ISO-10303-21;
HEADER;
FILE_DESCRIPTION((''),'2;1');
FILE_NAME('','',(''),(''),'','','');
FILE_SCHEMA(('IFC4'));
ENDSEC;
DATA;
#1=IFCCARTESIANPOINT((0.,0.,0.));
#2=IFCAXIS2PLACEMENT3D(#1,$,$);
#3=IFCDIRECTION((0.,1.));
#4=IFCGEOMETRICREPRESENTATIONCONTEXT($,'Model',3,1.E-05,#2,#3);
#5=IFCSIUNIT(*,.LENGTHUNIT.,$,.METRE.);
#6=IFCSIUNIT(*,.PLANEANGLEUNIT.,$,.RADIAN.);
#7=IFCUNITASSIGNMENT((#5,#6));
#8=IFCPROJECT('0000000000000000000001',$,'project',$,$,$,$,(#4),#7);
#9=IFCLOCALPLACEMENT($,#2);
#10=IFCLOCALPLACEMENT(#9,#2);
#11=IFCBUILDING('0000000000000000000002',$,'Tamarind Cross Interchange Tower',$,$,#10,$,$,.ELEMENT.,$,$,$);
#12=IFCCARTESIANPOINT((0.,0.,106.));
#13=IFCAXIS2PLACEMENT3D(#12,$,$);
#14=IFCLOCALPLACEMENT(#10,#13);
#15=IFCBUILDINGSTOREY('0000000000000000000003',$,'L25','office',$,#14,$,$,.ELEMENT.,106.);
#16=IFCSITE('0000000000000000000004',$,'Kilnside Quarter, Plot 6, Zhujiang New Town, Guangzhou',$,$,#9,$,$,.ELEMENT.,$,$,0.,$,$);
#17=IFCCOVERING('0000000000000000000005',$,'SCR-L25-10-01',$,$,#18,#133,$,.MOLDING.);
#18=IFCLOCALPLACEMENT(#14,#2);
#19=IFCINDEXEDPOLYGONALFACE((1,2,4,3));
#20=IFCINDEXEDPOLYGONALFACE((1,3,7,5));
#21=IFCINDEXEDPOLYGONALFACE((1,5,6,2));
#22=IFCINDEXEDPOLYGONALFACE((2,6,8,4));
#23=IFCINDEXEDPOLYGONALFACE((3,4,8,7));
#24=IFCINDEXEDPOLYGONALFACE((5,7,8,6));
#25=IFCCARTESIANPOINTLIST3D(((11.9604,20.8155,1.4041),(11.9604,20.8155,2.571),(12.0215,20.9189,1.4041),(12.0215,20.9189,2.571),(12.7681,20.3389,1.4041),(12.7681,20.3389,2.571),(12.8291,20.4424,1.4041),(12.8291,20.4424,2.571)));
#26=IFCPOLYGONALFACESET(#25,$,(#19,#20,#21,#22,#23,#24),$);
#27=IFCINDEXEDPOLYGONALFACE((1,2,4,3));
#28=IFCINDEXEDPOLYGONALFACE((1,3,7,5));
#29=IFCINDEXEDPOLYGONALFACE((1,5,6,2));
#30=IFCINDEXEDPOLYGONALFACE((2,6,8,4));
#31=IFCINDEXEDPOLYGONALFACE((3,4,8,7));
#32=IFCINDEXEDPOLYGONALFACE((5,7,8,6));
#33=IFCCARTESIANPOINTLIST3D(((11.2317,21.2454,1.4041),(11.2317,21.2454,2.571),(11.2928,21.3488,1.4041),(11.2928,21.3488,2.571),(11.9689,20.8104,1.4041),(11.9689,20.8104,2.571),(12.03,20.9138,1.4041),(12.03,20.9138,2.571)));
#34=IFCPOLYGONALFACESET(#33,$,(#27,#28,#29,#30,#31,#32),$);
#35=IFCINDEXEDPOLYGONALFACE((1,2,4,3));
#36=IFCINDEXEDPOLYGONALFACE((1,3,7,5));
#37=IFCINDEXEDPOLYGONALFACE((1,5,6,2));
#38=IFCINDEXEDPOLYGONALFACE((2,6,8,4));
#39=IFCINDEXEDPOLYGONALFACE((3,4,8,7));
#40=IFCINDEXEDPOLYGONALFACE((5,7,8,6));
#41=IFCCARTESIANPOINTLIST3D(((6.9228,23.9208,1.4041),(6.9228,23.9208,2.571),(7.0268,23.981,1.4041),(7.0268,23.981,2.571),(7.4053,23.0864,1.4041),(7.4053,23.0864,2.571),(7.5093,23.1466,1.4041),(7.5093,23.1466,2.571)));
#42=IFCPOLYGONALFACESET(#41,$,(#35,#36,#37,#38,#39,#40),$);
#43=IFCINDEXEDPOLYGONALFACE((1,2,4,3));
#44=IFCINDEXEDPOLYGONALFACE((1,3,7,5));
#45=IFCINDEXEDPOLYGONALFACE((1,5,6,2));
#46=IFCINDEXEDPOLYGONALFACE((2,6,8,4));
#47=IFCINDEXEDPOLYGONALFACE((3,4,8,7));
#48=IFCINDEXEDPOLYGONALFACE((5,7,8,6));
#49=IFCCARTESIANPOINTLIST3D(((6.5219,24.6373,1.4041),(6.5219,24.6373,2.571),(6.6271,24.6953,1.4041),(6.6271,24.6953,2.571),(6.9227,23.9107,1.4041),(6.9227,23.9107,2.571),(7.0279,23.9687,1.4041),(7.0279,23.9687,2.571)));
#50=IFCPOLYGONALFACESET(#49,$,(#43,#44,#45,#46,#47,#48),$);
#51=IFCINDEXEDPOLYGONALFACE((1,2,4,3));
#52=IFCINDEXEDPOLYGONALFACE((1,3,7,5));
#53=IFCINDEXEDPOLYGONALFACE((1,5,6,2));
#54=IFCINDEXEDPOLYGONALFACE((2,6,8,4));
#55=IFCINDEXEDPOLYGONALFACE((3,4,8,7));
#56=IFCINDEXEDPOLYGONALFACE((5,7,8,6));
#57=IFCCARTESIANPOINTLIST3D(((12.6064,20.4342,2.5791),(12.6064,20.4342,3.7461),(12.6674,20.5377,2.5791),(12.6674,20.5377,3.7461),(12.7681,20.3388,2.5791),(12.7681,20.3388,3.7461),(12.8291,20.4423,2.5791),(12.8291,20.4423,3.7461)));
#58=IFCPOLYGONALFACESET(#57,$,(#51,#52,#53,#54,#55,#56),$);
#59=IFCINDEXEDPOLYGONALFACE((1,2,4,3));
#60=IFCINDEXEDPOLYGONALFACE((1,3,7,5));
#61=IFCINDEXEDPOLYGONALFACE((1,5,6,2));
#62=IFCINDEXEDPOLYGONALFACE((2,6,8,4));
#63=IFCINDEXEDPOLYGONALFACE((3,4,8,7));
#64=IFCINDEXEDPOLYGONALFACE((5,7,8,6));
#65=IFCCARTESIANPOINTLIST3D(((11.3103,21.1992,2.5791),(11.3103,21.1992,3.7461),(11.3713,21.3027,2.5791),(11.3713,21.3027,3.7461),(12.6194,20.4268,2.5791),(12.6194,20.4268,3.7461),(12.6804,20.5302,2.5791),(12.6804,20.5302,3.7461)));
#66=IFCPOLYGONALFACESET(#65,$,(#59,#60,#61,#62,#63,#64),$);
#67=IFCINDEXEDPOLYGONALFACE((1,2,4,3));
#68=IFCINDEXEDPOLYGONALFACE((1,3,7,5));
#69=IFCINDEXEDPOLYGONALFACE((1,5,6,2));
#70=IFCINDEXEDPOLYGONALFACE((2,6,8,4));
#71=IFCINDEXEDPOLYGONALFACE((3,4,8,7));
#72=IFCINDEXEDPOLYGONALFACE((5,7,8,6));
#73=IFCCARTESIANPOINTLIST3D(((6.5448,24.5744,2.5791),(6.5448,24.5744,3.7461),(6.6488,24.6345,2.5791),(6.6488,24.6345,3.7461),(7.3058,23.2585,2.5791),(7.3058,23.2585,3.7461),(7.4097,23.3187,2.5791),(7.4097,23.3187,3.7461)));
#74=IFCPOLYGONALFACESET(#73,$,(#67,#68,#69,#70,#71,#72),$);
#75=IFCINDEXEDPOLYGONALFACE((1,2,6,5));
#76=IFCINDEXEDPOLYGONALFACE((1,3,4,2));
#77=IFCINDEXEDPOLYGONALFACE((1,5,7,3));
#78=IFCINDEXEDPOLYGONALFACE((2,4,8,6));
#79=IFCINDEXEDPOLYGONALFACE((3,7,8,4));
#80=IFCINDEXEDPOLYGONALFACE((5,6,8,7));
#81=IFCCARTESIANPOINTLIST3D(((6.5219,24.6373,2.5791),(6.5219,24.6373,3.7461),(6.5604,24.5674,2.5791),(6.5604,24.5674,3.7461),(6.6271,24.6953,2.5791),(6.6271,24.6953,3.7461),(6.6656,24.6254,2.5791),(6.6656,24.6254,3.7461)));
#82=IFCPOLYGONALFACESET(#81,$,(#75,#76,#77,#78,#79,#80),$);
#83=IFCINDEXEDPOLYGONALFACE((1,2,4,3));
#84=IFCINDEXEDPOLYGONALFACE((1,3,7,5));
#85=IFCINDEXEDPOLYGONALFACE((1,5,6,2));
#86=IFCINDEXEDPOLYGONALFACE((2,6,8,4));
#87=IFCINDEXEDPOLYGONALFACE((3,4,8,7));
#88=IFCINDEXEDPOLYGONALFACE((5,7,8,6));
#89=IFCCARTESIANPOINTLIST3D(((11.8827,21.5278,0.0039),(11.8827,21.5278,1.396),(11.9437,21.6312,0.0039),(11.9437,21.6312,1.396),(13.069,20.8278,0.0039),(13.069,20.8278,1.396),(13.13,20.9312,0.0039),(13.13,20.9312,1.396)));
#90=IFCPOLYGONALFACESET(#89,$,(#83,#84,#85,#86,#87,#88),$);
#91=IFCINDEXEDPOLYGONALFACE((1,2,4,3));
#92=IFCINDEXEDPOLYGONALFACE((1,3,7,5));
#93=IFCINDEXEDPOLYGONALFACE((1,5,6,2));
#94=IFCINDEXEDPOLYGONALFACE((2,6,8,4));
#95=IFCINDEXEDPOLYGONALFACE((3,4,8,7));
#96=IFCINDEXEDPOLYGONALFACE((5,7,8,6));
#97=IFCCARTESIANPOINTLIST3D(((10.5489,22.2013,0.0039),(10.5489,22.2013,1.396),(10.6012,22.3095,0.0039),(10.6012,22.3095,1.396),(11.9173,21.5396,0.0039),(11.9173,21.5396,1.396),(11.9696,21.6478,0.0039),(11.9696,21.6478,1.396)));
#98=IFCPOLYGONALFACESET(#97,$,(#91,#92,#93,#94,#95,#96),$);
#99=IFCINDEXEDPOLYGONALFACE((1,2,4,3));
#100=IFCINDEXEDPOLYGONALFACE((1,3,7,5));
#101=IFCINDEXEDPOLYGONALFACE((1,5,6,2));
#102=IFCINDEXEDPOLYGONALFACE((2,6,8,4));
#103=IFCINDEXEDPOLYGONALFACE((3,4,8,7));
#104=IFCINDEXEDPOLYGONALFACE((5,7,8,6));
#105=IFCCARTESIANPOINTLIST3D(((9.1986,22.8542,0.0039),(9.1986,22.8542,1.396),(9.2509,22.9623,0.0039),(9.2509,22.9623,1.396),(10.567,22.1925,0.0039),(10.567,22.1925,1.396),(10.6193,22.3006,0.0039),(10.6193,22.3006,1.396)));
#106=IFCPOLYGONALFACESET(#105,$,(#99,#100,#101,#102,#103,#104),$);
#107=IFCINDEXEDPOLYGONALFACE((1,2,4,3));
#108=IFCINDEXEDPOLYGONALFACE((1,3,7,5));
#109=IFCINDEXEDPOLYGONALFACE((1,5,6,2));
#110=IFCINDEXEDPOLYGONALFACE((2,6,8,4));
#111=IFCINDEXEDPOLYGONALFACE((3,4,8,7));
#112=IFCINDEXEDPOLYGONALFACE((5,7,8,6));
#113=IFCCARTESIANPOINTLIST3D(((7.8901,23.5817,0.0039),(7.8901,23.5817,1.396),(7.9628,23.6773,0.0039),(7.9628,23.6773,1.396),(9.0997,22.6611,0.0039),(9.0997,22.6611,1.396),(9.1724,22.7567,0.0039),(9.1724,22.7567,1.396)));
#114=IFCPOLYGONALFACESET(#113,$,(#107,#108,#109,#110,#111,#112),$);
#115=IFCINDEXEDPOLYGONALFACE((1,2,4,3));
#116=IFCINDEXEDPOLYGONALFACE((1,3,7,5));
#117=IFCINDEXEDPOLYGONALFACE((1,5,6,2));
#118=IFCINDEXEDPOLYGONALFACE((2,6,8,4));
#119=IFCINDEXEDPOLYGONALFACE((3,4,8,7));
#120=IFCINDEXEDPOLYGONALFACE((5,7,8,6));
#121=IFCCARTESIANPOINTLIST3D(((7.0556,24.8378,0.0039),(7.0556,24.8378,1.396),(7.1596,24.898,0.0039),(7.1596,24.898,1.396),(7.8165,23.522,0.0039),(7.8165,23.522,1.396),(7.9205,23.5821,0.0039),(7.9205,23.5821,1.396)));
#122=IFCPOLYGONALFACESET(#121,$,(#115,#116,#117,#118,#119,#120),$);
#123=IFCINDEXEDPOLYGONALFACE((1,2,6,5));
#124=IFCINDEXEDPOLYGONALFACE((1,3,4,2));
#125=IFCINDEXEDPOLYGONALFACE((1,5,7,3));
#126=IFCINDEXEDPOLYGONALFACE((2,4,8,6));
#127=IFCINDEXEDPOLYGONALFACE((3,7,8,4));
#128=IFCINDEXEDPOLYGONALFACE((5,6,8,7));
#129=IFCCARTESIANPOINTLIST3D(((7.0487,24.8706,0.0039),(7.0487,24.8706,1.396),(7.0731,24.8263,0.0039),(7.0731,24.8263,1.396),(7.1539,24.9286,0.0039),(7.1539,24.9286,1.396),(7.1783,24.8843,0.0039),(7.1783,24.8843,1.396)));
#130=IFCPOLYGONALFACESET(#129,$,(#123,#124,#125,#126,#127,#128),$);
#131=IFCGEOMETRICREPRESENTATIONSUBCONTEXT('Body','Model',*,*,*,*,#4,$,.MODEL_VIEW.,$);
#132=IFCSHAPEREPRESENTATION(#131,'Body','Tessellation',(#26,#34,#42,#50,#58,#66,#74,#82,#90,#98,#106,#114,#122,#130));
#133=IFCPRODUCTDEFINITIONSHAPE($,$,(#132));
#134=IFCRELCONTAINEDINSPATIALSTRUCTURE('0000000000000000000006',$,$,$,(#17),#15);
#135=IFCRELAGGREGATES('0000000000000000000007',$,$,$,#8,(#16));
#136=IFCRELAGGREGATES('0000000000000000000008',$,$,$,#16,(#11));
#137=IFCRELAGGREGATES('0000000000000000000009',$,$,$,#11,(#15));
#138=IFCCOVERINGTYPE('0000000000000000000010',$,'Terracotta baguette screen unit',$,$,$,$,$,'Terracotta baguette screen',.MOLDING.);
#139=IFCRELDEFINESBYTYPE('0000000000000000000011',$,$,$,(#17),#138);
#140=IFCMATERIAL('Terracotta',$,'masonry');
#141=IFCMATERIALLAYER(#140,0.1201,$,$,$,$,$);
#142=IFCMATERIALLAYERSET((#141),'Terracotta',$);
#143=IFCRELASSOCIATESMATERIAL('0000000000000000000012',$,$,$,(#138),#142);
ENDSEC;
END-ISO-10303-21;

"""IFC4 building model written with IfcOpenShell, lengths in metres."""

from ifc_helpers import new_model, si_unit, direction, frame, origin, origin_2d, place, context, subcontext, project, spatial, rectangle, extrude, material, layer, layer_set, type_object, element, save


model = new_model("IFC4")

# Units and contexts
model_context = context("Model", 3, precision=1e-05, world=origin(), true_north=direction((0.0, 1.0)))
body_context = subcontext(model_context, "Body", "Model", "MODEL_VIEW")
ifc_project = project(units=[si_unit("LENGTHUNIT", "METRE"), si_unit("PLANEANGLEUNIT", "RADIAN")], contexts=[model_context])

# Site, building, storey
site_placement = place(None, origin())
site = spatial("IfcSite", under=ifc_project, at=site_placement, Name="Kilnside Quarter, Plot 6, Zhujiang New Town, Guangzhou", CompositionType="ELEMENT", RefElevation=0.0)
building_placement = place(site_placement, origin())
building = spatial("IfcBuilding", under=site, at=building_placement, Name="Tamarind Cross Interchange Tower", CompositionType="ELEMENT")
storey_placement = place(building_placement, frame((0.0, 0.0, 106.0)))
storey = spatial("IfcBuildingStorey", under=building, at=storey_placement, Name="L25", Description="office", CompositionType="ELEMENT", Elevation=106.0)

# Covering
ifc_material_1 = material(Name="Terracotta", Category="masonry")
ifc_layer_1 = layer(ifc_material_1, 0.1201)
ifc_layer_set_1 = layer_set([ifc_layer_1], Name="Terracotta")
covering_type = type_object("IfcCoveringType", Name="Terracotta baguette screen unit", ElementType="Terracotta baguette screen", PredefinedType="MOLDING", material=ifc_layer_set_1)
covering_1_placement = place(storey_placement, origin())
element("IfcCovering", 1, at=covering_1_placement, inside=storey, type_object=covering_type, Name="SCR-L25-10-01", PredefinedType="MOLDING", context=body_context, shape_type="SweptSolid", body=[
    extrude(rectangle(XDim=0.9377, YDim=0.1201, at=origin_2d()), frame((12.3948, 20.6289, 1.4041), z_axis=(0.0, 0.0, 1.0), x_axis=(-0.861249, 0.508183, 0.0)), (0.0, 0.0, 1.0), 1.167),
    extrude(rectangle(XDim=0.856, YDim=0.1201, at=origin_2d()), frame((11.6309, 21.0796, 1.4041), z_axis=(0.0, 0.0, 1.0), x_axis=(-0.861249, 0.508183, 0.0)), (0.0, 0.0, 1.0), 1.167),
    extrude(rectangle(XDim=0.9639, YDim=0.1201, at=origin_2d()), frame((7.2161, 23.5337, 1.4041), z_axis=(0.0, 0.0, 1.0), x_axis=(-0.500592, 0.865684, 0.0)), (0.0, 0.0, 1.0), 1.167),
    extrude(rectangle(XDim=0.8298, YDim=0.1201, at=origin_2d()), frame((6.7749, 24.303, 1.4041), z_axis=(0.0, 0.0, 1.0), x_axis=(-0.483041, 0.875598, 0.0)), (0.0, 0.0, 1.0), 1.167),
    extrude(rectangle(XDim=0.1877, YDim=0.1201, at=origin_2d()), frame((12.7178, 20.4382, 2.5791), z_axis=(0.0, 0.0, 1.0), x_axis=(-0.861249, 0.508183, 0.0)), (0.0, 0.0, 1.0), 1.167),
    extrude(rectangle(XDim=1.52, YDim=0.1201, at=origin_2d()), frame((11.9954, 20.8647, 2.5791), z_axis=(0.0, 0.0, 1.0), x_axis=(-0.861249, 0.508183, 0.0)), (0.0, 0.0, 1.0), 1.167),
    extrude(rectangle(XDim=1.52, YDim=0.1201, at=origin_2d()), frame((6.9773, 23.9465, 2.5791), z_axis=(0.0, 0.0, 1.0), x_axis=(-0.500592, 0.865684, 0.0)), (0.0, 0.0, 1.0), 1.167),
    extrude(rectangle(XDim=0.0798, YDim=0.1201, at=origin_2d()), frame((6.5938, 24.6313, 2.5791), z_axis=(0.0, 0.0, 1.0), x_axis=(-0.483041, 0.875598, 0.0)), (0.0, 0.0, 1.0), 1.167),
    extrude(rectangle(XDim=1.3774, YDim=0.1201, at=origin_2d()), frame((12.5063, 21.2295, 0.0039), z_axis=(0.0, 0.0, 1.0), x_axis=(-0.861249, 0.508183, 0.0)), (0.0, 0.0, 1.0), 1.3921),
    extrude(rectangle(XDim=1.52, YDim=0.1201, at=origin_2d()), frame((11.2593, 21.9246, 0.0039), z_axis=(0.0, 0.0, 1.0), x_axis=(-0.900273, 0.435326, 0.0)), (0.0, 0.0, 1.0), 1.3921),
    extrude(rectangle(XDim=1.52, YDim=0.1201, at=origin_2d()), frame((9.9089, 22.5774, 0.0039), z_axis=(0.0, 0.0, 1.0), x_axis=(-0.900273, 0.435326, 0.0)), (0.0, 0.0, 1.0), 1.3921),
    extrude(rectangle(XDim=1.52, YDim=0.1201, at=origin_2d()), frame((8.5312, 23.1692, 0.0039), z_axis=(0.0, 0.0, 1.0), x_axis=(-0.795748, 0.605628, 0.0)), (0.0, 0.0, 1.0), 1.3921),
    extrude(rectangle(XDim=1.52, YDim=0.1201, at=origin_2d()), frame((7.488, 24.21, 0.0039), z_axis=(0.0, 0.0, 1.0), x_axis=(-0.500592, 0.865684, 0.0)), (0.0, 0.0, 1.0), 1.3921),
    extrude(rectangle(XDim=0.0505, YDim=0.1201, at=origin_2d()), frame((7.1135, 24.8774, 0.0039), z_axis=(0.0, 0.0, 1.0), x_axis=(-0.483041, 0.875598, 0.0)), (0.0, 0.0, 1.0), 1.3921),
])

save(model, "model.ifc")
